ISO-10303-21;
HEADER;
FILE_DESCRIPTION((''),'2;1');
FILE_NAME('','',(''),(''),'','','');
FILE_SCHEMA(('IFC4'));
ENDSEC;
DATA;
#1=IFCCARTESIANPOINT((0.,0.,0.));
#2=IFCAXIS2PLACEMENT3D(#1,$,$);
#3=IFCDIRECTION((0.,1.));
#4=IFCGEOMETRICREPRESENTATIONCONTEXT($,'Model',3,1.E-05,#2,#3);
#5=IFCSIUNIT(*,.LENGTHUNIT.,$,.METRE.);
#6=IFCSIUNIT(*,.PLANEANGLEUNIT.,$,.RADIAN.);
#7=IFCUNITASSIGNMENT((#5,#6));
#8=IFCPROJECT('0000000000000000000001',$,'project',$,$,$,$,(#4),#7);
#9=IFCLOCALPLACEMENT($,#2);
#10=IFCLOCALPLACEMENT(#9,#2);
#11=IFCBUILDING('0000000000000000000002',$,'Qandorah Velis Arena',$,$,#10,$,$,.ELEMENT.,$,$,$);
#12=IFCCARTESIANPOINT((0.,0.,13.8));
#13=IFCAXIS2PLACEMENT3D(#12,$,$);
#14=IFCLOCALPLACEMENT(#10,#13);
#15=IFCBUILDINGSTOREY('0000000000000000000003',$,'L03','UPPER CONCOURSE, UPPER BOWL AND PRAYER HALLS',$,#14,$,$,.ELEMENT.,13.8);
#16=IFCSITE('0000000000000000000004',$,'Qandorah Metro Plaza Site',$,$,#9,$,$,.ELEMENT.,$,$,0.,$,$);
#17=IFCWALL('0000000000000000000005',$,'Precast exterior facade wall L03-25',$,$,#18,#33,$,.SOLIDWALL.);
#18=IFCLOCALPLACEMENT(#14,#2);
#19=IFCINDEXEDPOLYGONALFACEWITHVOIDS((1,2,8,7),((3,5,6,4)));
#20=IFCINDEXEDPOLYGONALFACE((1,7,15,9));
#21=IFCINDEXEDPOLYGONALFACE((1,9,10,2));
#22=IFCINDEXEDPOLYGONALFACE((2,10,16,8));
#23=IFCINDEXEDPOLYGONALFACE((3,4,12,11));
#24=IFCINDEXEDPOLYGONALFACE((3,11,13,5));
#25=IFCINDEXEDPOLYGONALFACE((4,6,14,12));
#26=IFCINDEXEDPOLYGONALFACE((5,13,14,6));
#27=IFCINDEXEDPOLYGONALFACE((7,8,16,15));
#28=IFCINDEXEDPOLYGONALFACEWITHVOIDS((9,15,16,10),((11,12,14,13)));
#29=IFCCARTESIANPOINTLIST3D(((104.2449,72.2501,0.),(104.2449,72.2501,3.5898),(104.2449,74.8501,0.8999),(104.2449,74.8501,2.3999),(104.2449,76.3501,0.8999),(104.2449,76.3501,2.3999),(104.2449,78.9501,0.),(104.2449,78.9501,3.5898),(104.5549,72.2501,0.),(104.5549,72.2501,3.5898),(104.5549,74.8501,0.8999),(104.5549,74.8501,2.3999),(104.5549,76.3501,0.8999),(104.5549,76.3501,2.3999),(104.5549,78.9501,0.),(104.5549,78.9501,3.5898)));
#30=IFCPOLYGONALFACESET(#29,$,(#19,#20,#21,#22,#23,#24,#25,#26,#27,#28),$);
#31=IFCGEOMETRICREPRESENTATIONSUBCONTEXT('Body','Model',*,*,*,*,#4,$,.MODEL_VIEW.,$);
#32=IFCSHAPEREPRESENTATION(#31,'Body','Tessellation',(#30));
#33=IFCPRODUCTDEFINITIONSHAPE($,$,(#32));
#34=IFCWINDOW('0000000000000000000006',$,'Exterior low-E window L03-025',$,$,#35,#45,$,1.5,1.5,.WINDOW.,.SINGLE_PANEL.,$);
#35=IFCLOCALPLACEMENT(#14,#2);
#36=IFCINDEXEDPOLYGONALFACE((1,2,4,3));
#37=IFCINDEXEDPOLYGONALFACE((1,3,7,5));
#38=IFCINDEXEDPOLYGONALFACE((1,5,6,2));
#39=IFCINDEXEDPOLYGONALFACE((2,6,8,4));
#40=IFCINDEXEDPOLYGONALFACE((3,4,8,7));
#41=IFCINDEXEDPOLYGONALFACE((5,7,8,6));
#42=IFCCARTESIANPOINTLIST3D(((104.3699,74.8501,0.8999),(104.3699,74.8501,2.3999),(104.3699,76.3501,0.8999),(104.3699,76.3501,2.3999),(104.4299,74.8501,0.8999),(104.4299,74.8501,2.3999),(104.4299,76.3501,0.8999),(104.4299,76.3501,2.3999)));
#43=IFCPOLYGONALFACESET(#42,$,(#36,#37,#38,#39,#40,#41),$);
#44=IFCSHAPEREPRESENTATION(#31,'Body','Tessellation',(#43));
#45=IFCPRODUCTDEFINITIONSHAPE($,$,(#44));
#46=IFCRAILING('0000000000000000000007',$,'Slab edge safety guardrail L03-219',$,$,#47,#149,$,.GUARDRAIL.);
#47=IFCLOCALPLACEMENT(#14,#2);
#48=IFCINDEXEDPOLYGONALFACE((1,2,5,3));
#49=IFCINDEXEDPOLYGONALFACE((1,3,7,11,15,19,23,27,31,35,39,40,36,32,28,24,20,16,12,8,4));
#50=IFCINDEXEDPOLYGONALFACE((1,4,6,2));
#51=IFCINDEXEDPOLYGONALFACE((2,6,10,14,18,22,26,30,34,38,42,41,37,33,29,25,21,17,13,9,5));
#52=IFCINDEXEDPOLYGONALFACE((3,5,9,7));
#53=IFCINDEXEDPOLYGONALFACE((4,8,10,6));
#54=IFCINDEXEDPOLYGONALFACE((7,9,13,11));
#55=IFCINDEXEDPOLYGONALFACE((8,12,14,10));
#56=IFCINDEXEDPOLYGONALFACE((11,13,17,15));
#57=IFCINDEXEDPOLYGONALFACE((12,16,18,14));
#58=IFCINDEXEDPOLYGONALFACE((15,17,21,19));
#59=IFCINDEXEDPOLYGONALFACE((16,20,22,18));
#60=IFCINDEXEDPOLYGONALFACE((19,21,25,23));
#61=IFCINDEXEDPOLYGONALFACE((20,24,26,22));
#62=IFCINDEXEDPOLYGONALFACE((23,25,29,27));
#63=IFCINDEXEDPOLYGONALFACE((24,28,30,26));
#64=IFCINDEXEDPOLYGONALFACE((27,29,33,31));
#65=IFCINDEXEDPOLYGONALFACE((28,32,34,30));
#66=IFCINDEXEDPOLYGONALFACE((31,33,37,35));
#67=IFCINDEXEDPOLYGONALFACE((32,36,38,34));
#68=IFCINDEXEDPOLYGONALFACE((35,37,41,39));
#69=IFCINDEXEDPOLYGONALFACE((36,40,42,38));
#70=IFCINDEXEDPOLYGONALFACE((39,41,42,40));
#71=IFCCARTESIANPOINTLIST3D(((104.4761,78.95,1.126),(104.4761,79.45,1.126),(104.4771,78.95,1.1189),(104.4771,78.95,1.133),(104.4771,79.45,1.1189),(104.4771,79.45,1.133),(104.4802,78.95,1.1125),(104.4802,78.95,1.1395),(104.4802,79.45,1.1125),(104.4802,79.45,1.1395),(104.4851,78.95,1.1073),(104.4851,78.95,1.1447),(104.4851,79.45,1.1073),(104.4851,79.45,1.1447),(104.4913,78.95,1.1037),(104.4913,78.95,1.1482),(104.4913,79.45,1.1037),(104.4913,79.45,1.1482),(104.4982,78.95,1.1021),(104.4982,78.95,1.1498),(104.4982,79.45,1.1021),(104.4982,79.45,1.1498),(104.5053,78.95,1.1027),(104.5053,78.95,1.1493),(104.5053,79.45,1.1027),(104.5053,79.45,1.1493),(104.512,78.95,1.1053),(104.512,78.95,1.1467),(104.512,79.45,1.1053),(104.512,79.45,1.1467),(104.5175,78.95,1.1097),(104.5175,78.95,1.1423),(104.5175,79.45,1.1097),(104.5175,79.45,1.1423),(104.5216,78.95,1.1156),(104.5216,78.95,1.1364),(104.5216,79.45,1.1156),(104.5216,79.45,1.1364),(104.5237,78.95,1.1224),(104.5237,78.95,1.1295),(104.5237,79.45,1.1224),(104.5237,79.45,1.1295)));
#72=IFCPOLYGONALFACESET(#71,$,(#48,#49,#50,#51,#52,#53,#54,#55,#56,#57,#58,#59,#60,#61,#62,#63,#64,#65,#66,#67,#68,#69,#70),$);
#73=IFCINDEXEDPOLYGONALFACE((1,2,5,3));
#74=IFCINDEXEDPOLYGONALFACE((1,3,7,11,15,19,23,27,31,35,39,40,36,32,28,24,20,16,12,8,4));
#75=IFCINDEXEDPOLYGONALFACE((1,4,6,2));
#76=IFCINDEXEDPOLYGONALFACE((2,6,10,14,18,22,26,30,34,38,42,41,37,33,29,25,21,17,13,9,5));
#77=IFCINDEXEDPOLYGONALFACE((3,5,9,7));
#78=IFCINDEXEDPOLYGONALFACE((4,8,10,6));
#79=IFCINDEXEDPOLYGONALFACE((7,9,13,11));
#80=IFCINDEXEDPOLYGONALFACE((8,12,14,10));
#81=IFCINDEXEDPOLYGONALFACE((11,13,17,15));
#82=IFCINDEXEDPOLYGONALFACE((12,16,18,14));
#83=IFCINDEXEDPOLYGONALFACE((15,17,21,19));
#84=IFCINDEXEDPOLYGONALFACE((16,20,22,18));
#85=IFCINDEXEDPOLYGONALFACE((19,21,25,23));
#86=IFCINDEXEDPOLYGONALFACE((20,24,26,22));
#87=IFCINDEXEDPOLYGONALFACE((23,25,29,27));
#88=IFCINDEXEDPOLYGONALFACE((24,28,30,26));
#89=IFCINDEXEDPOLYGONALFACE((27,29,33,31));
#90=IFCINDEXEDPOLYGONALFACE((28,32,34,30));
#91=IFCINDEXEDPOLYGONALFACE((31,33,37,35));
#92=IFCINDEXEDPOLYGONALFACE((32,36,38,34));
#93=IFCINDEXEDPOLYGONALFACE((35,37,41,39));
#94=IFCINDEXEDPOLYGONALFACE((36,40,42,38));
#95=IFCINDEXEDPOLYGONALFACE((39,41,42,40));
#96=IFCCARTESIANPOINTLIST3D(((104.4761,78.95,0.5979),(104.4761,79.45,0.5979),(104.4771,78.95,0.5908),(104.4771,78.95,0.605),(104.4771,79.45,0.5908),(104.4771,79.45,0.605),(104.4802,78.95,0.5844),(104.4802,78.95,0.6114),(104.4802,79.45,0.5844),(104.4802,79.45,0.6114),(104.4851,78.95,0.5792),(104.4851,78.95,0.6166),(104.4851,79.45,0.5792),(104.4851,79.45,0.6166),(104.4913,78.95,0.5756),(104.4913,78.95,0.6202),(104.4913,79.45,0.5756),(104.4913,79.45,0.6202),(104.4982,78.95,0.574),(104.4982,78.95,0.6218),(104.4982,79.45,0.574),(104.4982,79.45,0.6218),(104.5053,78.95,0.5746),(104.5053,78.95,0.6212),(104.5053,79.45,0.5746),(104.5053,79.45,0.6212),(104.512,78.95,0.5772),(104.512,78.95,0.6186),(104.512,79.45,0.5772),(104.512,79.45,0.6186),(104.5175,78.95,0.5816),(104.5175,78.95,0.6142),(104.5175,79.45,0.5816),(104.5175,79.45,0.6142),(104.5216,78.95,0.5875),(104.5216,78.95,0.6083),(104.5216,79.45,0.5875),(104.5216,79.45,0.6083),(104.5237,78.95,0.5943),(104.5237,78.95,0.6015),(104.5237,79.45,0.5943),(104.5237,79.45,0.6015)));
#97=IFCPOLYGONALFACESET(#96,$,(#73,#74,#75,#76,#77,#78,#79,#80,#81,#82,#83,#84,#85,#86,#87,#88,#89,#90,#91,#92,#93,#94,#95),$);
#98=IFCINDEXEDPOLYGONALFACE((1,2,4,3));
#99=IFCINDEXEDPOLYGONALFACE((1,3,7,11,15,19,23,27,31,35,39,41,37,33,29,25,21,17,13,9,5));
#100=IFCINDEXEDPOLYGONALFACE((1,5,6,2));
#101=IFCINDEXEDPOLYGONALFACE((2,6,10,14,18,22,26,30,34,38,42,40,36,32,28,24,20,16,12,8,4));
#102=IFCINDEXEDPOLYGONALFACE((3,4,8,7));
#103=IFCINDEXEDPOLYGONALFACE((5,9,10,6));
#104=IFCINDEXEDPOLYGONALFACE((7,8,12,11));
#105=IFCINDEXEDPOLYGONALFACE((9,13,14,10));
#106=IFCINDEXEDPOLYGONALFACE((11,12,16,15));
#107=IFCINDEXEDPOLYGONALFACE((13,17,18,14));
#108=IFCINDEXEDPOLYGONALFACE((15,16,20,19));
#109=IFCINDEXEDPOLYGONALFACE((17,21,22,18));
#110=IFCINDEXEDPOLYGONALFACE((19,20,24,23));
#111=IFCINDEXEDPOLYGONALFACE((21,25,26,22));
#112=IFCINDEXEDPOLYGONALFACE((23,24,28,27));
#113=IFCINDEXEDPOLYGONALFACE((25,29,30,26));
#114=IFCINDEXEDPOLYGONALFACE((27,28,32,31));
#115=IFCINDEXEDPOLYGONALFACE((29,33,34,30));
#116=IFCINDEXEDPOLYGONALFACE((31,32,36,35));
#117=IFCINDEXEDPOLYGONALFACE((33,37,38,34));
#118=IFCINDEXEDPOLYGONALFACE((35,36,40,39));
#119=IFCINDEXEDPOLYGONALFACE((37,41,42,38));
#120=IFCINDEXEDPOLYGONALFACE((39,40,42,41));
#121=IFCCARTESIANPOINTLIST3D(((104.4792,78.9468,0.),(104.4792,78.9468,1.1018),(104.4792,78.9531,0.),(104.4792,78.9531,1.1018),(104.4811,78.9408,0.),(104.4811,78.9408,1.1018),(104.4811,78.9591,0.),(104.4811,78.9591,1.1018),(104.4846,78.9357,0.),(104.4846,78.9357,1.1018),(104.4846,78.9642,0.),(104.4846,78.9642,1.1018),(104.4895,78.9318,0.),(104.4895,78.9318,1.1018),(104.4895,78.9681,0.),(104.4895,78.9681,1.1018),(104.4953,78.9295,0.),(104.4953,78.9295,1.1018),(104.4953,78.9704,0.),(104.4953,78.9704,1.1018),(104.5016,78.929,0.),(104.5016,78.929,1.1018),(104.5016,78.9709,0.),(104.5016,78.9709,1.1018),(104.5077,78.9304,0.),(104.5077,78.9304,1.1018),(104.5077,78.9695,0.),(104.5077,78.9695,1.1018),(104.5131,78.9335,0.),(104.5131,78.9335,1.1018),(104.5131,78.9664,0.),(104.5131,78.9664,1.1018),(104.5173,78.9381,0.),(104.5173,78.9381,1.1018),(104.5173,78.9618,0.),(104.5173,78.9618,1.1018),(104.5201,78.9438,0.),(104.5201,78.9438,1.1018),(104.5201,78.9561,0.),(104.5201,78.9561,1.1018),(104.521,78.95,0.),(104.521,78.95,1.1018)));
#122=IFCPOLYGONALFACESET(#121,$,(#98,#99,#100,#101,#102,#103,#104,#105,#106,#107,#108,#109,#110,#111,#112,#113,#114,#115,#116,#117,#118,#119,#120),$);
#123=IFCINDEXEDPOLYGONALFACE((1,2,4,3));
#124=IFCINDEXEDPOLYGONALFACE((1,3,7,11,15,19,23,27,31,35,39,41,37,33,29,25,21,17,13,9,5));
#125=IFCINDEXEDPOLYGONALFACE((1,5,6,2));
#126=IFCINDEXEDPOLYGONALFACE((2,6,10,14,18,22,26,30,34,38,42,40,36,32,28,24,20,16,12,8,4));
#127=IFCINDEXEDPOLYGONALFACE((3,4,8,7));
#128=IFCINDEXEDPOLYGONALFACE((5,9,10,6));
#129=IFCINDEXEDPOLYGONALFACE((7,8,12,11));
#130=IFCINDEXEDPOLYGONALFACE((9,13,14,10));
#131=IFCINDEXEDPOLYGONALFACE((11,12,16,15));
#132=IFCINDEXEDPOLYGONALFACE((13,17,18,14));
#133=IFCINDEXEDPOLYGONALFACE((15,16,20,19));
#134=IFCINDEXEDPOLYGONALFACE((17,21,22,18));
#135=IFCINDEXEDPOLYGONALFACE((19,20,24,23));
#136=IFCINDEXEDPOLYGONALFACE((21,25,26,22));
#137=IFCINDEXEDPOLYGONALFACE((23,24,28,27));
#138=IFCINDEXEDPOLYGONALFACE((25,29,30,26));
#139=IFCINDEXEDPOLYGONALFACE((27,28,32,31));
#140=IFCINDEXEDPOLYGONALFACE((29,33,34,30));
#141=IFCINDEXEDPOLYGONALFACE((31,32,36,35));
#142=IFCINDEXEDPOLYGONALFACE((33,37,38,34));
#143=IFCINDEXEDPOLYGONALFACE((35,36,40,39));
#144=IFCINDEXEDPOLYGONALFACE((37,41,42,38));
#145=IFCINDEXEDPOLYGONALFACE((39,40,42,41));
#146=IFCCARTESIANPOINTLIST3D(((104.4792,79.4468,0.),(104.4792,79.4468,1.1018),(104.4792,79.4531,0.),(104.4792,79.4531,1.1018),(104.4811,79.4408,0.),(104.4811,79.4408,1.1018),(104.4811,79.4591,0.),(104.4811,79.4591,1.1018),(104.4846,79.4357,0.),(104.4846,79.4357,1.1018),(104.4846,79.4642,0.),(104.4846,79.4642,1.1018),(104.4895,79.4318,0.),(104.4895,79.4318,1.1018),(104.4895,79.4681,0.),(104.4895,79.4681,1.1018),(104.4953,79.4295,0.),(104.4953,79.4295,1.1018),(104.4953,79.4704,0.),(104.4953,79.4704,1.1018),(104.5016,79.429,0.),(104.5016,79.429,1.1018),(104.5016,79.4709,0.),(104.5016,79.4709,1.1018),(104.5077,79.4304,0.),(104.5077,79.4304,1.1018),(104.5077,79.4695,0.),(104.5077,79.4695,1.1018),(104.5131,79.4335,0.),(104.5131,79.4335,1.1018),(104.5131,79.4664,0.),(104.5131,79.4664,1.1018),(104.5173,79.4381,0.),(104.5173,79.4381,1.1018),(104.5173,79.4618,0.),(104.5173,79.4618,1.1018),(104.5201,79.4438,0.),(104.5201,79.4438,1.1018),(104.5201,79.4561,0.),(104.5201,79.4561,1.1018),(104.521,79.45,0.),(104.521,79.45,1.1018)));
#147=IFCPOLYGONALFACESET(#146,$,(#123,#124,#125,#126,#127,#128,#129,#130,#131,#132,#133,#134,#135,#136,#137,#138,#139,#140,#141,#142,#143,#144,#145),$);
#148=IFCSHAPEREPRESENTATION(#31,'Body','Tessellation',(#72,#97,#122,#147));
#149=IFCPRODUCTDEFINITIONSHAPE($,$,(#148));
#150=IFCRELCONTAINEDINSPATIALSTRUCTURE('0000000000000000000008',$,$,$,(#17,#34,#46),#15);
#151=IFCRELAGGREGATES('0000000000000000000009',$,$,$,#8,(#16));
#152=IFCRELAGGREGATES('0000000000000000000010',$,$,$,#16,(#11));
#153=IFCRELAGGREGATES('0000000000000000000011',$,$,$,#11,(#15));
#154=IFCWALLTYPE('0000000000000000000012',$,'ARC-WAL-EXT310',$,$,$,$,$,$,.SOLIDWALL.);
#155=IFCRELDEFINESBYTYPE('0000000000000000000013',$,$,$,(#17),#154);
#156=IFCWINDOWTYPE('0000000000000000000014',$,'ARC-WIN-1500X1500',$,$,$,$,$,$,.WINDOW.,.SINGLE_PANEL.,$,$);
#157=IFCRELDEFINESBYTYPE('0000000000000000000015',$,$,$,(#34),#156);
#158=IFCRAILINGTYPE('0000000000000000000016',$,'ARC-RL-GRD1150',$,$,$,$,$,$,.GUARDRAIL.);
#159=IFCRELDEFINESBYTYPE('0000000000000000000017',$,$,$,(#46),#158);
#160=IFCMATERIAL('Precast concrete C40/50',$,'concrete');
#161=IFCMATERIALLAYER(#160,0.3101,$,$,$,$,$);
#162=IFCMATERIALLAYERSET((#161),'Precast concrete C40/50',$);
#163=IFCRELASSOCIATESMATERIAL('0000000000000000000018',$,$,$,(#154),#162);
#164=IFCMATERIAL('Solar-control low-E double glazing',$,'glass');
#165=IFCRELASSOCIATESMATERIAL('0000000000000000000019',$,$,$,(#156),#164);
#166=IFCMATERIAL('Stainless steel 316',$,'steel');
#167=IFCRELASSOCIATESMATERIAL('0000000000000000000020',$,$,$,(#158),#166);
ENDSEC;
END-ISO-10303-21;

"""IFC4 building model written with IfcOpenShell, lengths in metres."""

from ifc_helpers import new_model, si_unit, direction, frame, frame_2d, origin, origin_2d, place, context, subcontext, project, spatial, rectangle, circle, extrude, material, layer, layer_set, type_object, element, fill, save


model = new_model("IFC4")

# Units and contexts
model_context = context("Model", 3, precision=1e-05, world=origin(), true_north=direction((0.0, 1.0)))
body_context = subcontext(model_context, "Body", "Model", "MODEL_VIEW")
ifc_project = project(units=[si_unit("LENGTHUNIT", "METRE"), si_unit("PLANEANGLEUNIT", "RADIAN")], contexts=[model_context])

# Site, building, storey
site_placement = place(None, origin())
site = spatial("IfcSite", under=ifc_project, at=site_placement, Name="Qandorah Metro Plaza Site", CompositionType="ELEMENT", RefElevation=0.0)
building_placement = place(site_placement, origin())
building = spatial("IfcBuilding", under=site, at=building_placement, Name="Qandorah Velis Arena", CompositionType="ELEMENT")
storey_placement = place(building_placement, frame((0.0, 0.0, 13.8)))
storey = spatial("IfcBuildingStorey", under=building, at=storey_placement, Name="L03", Description="UPPER CONCOURSE, UPPER BOWL AND PRAYER HALLS", CompositionType="ELEMENT", Elevation=13.8)

# Wall, opening, window
ifc_material_1 = material(Name="Precast concrete C40/50", Category="concrete")
ifc_material_2 = material(Name="Solar-control low-E double glazing", Category="glass")
ifc_layer_1 = layer(ifc_material_1, 0.3101)
ifc_layer_set_1 = layer_set([ifc_layer_1], Name="Precast concrete C40/50")
wall_type_1 = type_object("IfcWallType", Name="ARC-WAL-EXT310", PredefinedType="SOLIDWALL", material=ifc_layer_set_1)
wall_1_placement = place(storey_placement, frame((104.3999, 72.25, 0.0), z_axis=(0.0, 0.0, 1.0), x_axis=(0.0, 1.0, 0.0)))
wall_1 = element("IfcWall", 1, at=wall_1_placement, inside=storey, type_object=wall_type_1, Name="Precast exterior facade wall L03-25", PredefinedType="SOLIDWALL", context=body_context, shape_type="SweptSolid", body=[
    extrude(rectangle(XDim=6.7, YDim=0.3101, at=frame_2d((3.3501, 0.0))), origin(), (0.0, 0.0, 1.0), 3.5898),
])
opening_1_placement = place(wall_1_placement, frame((2.6001, 0.0, 0.8999)))
opening_1 = element("IfcOpeningElement", 2, at=opening_1_placement, cuts=wall_1, PredefinedType="OPENING", context=body_context, shape_type="SweptSolid", body=[
    extrude(rectangle(XDim=1.5, YDim=1.5, at=frame_2d((0.75, 0.75))), frame((0.0, 0.165, 0.0), z_axis=(0.0, -1.0, 0.0), x_axis=(1.0, 0.0, 0.0)), (0.0, 0.0, 1.0), 0.3301),
])
window_type_1 = type_object("IfcWindowType", Name="ARC-WIN-1500X1500", PartitioningType="SINGLE_PANEL", PredefinedType="WINDOW", material=ifc_material_2)
window_1_placement = place(opening_1_placement, origin())
window_1 = element("IfcWindow", 3, at=window_1_placement, inside=storey, type_object=window_type_1, Name="Exterior low-E window L03-025", OverallHeight=1.5, OverallWidth=1.5, PartitioningType="SINGLE_PANEL", PredefinedType="WINDOW", context=body_context, shape_type="SweptSolid", body=[
    extrude(rectangle(XDim=1.5, YDim=1.5, at=frame_2d((0.75, 0.75))), frame((0.0, 0.03, 0.0), z_axis=(0.0, -1.0, 0.0), x_axis=(1.0, 0.0, 0.0)), (0.0, 0.0, 1.0), 0.0601),
])
fill(opening_1, window_1)

# Railing
ifc_material_3 = material(Name="Stainless steel 316", Category="steel")
railing_type = type_object("IfcRailingType", Name="ARC-RL-GRD1150", PredefinedType="GUARDRAIL", material=ifc_material_3)
for number, where, name in (
    (4, (104.5, 78.95, 0.0), "Slab edge safety guardrail L03-219"),
):
    element("IfcRailing", number, at=place(storey_placement, frame(where)), inside=storey, type_object=railing_type, Name=name, PredefinedType="GUARDRAIL", context=body_context, shape_type="SweptSolid", body=[
        extrude(circle(Radius=0.0239, at=origin_2d()), frame((0.0, 0.0, 1.126), z_axis=(0.0, 1.0, 0.0), x_axis=(-1.0, 0.0, 0.0)), (0.0, 0.0, 1.0), 0.5),
        extrude(circle(Radius=0.0239, at=origin_2d()), frame((0.0, 0.0, 0.5979), z_axis=(0.0, 1.0, 0.0), x_axis=(-1.0, 0.0, 0.0)), (0.0, 0.0, 1.0), 0.5),
        extrude(circle(Radius=0.021, at=origin_2d()), origin(), (0.0, 0.0, 1.0), 1.1018),
        extrude(circle(Radius=0.021, at=origin_2d()), frame((0.0, 0.5, 0.0)), (0.0, 0.0, 1.0), 1.1018),
    ])

save(model, "model.ifc")
